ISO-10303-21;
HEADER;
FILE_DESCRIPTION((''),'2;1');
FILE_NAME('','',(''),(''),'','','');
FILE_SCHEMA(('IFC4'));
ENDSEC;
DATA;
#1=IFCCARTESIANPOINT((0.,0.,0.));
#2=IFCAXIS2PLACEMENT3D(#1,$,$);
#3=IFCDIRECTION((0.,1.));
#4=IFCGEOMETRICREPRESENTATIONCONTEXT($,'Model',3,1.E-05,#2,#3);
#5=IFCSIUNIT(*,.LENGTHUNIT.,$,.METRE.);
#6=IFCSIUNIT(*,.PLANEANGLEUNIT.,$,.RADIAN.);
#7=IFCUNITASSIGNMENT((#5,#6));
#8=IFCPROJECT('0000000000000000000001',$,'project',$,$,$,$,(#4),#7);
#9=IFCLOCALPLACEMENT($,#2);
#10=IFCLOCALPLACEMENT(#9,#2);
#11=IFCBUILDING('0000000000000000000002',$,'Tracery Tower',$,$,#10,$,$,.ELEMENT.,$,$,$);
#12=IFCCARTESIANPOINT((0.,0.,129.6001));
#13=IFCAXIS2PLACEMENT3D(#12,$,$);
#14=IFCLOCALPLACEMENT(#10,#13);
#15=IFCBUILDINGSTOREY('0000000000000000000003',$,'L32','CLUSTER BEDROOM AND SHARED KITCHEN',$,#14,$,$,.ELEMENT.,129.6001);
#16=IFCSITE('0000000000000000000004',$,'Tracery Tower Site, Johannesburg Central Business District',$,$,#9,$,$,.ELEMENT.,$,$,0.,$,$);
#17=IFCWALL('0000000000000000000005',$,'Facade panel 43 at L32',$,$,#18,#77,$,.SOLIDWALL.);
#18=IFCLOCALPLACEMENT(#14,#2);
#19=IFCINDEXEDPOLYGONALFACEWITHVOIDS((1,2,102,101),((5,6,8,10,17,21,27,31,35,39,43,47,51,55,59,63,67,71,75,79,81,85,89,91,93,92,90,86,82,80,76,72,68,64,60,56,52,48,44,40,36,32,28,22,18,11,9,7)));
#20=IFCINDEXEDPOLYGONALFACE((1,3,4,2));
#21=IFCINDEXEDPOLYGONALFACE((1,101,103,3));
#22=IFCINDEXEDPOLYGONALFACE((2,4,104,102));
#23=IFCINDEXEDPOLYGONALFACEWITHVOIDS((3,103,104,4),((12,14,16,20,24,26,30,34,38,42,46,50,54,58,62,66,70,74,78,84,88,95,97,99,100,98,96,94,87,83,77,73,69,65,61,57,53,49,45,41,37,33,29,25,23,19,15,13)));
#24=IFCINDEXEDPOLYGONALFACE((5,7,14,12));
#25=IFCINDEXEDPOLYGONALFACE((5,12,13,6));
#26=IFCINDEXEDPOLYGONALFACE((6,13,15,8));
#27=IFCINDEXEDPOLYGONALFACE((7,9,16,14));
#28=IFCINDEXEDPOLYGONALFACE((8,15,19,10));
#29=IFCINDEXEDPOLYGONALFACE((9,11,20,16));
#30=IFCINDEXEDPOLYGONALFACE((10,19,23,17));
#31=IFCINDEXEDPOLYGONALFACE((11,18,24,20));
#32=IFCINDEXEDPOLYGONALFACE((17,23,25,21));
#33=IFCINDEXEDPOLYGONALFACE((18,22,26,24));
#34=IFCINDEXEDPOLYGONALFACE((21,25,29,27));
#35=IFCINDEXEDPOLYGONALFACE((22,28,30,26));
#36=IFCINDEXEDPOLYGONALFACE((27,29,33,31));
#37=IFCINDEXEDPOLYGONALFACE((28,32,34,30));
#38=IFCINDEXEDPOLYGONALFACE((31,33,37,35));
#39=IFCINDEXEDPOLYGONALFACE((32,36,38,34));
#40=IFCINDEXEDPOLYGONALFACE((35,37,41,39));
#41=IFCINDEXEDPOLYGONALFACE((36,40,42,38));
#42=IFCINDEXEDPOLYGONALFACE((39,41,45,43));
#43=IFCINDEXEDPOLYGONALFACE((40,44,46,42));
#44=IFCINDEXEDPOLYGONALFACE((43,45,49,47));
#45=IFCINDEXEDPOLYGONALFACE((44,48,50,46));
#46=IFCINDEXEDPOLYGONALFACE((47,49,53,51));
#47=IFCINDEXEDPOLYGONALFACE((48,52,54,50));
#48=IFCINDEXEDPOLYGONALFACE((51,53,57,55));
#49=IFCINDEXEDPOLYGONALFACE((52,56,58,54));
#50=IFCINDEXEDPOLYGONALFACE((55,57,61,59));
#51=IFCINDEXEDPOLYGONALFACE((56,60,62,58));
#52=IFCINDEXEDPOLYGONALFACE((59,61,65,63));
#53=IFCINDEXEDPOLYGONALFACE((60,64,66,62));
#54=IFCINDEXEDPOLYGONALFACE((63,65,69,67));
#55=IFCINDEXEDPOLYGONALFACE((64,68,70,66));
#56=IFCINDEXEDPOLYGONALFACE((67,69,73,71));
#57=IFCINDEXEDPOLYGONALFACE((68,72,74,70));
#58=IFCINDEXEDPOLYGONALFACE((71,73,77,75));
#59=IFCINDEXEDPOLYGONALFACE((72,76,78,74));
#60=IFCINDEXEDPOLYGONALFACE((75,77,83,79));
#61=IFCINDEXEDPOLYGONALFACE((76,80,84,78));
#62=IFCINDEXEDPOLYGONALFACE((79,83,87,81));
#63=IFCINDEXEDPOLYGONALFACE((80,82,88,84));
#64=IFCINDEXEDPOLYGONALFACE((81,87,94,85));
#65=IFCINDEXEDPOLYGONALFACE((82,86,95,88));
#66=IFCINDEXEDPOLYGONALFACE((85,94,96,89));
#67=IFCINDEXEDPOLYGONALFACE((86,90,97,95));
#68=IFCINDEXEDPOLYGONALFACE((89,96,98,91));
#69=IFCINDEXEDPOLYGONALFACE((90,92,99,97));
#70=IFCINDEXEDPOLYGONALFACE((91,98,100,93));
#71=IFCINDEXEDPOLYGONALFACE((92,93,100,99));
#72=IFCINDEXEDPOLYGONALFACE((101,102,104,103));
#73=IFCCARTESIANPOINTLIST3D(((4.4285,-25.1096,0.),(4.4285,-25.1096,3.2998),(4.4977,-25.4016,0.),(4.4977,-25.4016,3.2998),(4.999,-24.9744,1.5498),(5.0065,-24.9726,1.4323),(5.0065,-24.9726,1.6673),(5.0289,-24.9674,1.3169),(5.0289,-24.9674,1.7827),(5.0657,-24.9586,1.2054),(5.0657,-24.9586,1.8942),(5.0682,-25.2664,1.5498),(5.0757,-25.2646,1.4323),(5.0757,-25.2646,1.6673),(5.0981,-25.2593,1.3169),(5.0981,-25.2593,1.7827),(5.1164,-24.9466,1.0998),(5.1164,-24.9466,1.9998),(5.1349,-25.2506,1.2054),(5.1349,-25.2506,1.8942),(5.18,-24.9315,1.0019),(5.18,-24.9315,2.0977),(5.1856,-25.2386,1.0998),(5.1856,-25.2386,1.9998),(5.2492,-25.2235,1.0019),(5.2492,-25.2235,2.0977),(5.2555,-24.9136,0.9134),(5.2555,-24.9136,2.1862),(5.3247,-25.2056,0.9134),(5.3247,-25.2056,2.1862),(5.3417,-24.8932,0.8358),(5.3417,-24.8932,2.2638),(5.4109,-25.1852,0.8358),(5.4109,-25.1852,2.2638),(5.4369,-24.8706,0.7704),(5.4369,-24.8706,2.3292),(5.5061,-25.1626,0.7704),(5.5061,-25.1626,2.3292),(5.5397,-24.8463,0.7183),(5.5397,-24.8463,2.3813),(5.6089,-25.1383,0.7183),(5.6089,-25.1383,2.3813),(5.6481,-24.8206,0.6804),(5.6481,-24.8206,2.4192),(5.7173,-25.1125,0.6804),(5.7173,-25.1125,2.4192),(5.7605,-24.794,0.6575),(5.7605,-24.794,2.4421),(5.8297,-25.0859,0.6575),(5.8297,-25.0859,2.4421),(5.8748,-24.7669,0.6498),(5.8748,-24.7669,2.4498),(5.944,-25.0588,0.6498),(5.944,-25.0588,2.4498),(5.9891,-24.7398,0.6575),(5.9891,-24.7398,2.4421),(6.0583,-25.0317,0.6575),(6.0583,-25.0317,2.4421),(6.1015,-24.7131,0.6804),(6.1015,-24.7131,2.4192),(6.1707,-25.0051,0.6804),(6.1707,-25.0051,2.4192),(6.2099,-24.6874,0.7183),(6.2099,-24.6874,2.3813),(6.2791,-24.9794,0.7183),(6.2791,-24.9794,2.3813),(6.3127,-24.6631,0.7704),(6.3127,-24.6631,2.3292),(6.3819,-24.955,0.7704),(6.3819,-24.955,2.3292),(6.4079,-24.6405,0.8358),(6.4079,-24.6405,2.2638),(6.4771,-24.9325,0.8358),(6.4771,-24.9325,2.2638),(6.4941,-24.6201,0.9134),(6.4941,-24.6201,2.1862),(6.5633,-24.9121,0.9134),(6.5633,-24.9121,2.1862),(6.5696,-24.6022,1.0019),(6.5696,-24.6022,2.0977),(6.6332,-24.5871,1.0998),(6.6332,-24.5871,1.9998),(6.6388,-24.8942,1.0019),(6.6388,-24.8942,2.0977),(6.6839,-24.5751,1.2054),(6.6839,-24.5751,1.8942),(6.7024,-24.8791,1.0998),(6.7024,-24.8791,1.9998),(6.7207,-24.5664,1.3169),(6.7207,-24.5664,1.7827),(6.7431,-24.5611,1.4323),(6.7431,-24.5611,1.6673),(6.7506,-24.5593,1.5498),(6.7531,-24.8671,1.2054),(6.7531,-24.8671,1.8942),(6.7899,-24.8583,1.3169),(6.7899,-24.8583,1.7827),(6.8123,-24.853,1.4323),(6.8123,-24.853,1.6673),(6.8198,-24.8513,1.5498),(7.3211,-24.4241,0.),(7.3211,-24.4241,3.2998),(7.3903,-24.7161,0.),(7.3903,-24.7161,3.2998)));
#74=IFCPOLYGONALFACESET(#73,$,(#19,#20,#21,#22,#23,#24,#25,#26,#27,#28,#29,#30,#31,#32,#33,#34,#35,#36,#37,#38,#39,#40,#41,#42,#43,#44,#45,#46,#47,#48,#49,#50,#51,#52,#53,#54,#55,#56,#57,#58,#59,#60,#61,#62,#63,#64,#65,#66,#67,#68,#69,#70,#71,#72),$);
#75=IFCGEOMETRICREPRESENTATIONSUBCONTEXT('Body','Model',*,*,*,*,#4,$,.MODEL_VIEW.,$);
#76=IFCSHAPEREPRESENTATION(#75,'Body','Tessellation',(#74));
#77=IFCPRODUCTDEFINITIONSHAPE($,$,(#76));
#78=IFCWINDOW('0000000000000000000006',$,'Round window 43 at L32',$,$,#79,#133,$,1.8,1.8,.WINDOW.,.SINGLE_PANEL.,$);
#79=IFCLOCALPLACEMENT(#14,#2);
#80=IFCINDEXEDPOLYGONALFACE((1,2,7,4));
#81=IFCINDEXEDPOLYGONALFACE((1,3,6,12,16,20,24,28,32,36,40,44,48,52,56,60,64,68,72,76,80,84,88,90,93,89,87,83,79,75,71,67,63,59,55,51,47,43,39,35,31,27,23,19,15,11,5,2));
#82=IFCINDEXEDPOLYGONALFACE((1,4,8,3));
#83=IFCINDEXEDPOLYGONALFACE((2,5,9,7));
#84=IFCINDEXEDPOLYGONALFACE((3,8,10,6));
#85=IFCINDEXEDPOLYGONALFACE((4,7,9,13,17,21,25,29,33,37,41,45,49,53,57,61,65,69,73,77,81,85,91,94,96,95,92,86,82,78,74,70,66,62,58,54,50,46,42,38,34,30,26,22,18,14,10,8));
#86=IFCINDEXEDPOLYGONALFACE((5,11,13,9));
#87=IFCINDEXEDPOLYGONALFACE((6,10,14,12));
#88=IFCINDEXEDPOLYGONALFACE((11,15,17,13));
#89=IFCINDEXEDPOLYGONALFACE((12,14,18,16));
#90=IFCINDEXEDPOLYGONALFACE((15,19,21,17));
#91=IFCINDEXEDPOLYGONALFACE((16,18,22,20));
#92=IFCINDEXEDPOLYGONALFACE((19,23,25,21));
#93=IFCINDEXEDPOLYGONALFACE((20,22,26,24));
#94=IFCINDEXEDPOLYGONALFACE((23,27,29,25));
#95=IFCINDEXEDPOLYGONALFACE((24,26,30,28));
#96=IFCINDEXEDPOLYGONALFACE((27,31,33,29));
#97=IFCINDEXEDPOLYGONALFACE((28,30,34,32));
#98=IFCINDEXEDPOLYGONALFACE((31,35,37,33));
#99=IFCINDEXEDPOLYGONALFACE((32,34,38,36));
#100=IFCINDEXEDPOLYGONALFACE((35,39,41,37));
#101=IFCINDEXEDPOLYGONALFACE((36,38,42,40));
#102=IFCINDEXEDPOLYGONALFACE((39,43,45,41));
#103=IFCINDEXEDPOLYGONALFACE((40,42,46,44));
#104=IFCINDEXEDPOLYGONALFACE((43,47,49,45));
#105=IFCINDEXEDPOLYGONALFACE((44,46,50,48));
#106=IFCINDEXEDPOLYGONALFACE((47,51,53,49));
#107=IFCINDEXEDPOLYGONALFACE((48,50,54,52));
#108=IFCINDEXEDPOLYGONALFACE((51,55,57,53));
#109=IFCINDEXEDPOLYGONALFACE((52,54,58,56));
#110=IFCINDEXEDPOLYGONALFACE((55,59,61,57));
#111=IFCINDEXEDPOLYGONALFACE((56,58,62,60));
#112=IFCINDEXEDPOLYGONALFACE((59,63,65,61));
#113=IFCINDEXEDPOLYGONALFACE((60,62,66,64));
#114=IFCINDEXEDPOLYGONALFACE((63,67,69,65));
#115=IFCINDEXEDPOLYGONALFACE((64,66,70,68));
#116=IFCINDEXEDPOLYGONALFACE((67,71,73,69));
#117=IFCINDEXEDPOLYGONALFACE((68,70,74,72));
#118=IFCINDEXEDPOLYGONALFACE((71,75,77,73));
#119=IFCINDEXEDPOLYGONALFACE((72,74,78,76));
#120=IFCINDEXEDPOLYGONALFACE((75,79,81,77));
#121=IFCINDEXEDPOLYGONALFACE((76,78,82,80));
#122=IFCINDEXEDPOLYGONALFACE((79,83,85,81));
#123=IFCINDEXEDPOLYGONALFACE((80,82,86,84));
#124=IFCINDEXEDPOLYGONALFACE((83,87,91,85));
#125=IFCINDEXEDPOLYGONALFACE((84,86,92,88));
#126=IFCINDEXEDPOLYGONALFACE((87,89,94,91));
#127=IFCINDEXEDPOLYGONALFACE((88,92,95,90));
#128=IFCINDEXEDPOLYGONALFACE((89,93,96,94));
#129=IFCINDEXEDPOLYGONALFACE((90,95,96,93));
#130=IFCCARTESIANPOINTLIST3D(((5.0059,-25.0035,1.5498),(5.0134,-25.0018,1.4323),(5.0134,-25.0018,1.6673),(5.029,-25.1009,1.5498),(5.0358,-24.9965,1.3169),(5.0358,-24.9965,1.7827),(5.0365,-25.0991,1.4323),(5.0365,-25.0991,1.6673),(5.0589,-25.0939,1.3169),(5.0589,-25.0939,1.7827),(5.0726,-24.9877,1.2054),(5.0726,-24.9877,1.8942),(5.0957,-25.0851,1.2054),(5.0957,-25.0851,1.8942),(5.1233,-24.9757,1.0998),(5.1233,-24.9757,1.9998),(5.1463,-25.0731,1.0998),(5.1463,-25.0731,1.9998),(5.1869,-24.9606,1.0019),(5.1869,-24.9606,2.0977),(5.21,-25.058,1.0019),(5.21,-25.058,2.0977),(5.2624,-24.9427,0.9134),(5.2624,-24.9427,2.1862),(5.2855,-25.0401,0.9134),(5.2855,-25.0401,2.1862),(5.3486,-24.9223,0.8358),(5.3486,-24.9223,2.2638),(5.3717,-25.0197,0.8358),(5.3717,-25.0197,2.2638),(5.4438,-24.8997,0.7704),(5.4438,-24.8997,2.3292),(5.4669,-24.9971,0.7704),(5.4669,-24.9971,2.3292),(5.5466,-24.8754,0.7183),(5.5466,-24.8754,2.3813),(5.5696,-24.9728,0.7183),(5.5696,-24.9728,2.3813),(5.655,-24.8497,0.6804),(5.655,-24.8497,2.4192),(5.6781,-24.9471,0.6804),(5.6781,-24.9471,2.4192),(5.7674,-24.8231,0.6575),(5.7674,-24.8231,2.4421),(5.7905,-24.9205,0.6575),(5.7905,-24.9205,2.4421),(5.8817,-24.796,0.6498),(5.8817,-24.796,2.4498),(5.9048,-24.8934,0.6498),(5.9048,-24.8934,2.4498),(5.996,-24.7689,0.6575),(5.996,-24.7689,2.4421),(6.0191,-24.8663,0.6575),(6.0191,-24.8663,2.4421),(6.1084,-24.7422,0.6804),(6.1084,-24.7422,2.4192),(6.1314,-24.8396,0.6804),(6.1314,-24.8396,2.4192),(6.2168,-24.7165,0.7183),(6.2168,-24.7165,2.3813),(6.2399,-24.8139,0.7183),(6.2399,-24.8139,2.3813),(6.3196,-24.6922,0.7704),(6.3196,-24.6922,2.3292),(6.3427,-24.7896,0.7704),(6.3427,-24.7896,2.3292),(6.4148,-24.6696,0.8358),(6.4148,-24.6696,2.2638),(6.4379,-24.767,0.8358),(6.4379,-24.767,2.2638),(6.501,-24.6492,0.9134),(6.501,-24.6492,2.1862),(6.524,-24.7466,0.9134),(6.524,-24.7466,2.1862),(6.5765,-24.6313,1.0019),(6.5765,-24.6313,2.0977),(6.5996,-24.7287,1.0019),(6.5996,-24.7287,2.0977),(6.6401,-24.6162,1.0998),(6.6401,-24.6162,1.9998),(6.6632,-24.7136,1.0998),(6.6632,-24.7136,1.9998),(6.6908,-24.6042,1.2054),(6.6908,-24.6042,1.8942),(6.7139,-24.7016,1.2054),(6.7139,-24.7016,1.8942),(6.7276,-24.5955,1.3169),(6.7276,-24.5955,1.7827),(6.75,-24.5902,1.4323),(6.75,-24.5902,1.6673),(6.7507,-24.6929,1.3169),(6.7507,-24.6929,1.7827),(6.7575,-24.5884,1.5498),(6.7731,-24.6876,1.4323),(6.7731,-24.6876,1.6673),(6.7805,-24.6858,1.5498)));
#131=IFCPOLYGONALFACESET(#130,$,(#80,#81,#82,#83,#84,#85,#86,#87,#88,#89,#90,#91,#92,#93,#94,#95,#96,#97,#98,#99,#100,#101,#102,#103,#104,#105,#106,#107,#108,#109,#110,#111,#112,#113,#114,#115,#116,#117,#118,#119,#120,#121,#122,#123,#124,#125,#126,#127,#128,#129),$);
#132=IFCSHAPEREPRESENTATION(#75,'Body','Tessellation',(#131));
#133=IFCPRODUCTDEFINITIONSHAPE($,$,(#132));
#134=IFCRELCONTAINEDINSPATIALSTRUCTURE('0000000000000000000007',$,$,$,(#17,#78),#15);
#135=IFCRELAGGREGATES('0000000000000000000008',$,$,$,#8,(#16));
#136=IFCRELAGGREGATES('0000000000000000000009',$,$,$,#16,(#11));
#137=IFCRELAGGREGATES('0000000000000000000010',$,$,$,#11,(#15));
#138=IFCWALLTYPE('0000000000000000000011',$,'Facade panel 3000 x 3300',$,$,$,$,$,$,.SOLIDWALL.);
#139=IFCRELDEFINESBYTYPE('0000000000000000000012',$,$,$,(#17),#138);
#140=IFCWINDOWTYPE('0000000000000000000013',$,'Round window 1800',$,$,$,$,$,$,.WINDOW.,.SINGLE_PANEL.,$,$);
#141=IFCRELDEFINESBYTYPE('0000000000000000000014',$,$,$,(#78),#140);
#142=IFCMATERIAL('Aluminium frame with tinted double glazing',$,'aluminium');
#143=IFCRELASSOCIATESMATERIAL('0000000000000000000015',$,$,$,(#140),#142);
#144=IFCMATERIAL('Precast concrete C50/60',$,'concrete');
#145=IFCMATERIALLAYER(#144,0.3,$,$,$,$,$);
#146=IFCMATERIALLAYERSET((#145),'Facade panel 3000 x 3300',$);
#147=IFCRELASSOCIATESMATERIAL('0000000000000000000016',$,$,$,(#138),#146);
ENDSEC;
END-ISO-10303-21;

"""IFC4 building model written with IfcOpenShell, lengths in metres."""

from ifc_helpers import new_model, si_unit, direction, frame, frame_2d, origin, origin_2d, place, context, subcontext, project, spatial, rectangle, circle, extrude, material, layer, layer_set, type_object, element, fill, save


model = new_model("IFC4")

# Units and contexts
model_context = context("Model", 3, precision=1e-05, world=origin(), true_north=direction((0.0, 1.0)))
body_context = subcontext(model_context, "Body", "Model", "MODEL_VIEW")
ifc_project = project(units=[si_unit("LENGTHUNIT", "METRE"), si_unit("PLANEANGLEUNIT", "RADIAN")], contexts=[model_context])

# Site, building, storey
site_placement = place(None, origin())
site = spatial("IfcSite", under=ifc_project, at=site_placement, Name="Tracery Tower Site, Johannesburg Central Business District", CompositionType="ELEMENT", RefElevation=0.0)
building_placement = place(site_placement, origin())
building = spatial("IfcBuilding", under=site, at=building_placement, Name="Tracery Tower", CompositionType="ELEMENT")
storey_placement = place(building_placement, frame((0.0, 0.0, 129.6001)))
storey = spatial("IfcBuildingStorey", under=building, at=storey_placement, Name="L32", Description="CLUSTER BEDROOM AND SHARED KITCHEN", CompositionType="ELEMENT", Elevation=129.6001)

# Wall, opening, window
ifc_material_1 = material(Name="Aluminium frame with tinted double glazing", Category="aluminium")
window_type = type_object("IfcWindowType", Name="Round window 1800", PartitioningType="SINGLE_PANEL", PredefinedType="WINDOW", material=ifc_material_1)
ifc_material_2 = material(Name="Precast concrete C50/60", Category="concrete")
ifc_layer_1 = layer(ifc_material_2, 0.3)
ifc_layer_set_1 = layer_set([ifc_layer_1], Name="Facade panel 3000 x 3300")
wall_type_1 = type_object("IfcWallType", Name="Facade panel 3000 x 3300", PredefinedType="SOLIDWALL", material=ifc_layer_set_1)
wall_1_placement = place(storey_placement, frame((4.4631, -25.2556, 0.0), z_axis=(0.0, 0.0, 1.0), x_axis=(0.973045, 0.230614, 0.0)))
wall_1 = element("IfcWall", 1, at=wall_1_placement, inside=storey, type_object=wall_type_1, Name="Facade panel 43 at L32", PredefinedType="SOLIDWALL", context=body_context, shape_type="SweptSolid", body=[
    extrude(rectangle(XDim=2.9727, YDim=0.3, at=frame_2d((1.4863, 0.0))), origin(), (0.0, 0.0, 1.0), 3.2998),
])
opening_1_placement = place(wall_1_placement, frame((1.4863, 0.0, 1.5498)))
opening_1 = element("IfcOpeningElement", 2, at=opening_1_placement, cuts=wall_1, PredefinedType="OPENING", context=body_context, shape_type="SweptSolid", body=[
    extrude(circle(Radius=0.9, at=origin_2d()), frame((0.0, 0.1599, 0.0), z_axis=(0.0, -1.0, 0.0), x_axis=(1.0, 0.0, 0.0)), (0.0, 0.0, 1.0), 0.3201),
])
window_1_placement = place(opening_1_placement, origin())
window_1 = element("IfcWindow", 3, at=window_1_placement, inside=storey, type_object=window_type, Name="Round window 43 at L32", OverallHeight=1.8, OverallWidth=1.8, PartitioningType="SINGLE_PANEL", PredefinedType="WINDOW", context=body_context, shape_type="SweptSolid", body=[
    extrude(circle(Radius=0.9, at=origin_2d()), frame((0.0, 0.1201, 0.0), z_axis=(0.0, -1.0, 0.0), x_axis=(1.0, 0.0, 0.0)), (0.0, 0.0, 1.0), 0.1001),
])
fill(opening_1, window_1)

save(model, "model.ifc")
